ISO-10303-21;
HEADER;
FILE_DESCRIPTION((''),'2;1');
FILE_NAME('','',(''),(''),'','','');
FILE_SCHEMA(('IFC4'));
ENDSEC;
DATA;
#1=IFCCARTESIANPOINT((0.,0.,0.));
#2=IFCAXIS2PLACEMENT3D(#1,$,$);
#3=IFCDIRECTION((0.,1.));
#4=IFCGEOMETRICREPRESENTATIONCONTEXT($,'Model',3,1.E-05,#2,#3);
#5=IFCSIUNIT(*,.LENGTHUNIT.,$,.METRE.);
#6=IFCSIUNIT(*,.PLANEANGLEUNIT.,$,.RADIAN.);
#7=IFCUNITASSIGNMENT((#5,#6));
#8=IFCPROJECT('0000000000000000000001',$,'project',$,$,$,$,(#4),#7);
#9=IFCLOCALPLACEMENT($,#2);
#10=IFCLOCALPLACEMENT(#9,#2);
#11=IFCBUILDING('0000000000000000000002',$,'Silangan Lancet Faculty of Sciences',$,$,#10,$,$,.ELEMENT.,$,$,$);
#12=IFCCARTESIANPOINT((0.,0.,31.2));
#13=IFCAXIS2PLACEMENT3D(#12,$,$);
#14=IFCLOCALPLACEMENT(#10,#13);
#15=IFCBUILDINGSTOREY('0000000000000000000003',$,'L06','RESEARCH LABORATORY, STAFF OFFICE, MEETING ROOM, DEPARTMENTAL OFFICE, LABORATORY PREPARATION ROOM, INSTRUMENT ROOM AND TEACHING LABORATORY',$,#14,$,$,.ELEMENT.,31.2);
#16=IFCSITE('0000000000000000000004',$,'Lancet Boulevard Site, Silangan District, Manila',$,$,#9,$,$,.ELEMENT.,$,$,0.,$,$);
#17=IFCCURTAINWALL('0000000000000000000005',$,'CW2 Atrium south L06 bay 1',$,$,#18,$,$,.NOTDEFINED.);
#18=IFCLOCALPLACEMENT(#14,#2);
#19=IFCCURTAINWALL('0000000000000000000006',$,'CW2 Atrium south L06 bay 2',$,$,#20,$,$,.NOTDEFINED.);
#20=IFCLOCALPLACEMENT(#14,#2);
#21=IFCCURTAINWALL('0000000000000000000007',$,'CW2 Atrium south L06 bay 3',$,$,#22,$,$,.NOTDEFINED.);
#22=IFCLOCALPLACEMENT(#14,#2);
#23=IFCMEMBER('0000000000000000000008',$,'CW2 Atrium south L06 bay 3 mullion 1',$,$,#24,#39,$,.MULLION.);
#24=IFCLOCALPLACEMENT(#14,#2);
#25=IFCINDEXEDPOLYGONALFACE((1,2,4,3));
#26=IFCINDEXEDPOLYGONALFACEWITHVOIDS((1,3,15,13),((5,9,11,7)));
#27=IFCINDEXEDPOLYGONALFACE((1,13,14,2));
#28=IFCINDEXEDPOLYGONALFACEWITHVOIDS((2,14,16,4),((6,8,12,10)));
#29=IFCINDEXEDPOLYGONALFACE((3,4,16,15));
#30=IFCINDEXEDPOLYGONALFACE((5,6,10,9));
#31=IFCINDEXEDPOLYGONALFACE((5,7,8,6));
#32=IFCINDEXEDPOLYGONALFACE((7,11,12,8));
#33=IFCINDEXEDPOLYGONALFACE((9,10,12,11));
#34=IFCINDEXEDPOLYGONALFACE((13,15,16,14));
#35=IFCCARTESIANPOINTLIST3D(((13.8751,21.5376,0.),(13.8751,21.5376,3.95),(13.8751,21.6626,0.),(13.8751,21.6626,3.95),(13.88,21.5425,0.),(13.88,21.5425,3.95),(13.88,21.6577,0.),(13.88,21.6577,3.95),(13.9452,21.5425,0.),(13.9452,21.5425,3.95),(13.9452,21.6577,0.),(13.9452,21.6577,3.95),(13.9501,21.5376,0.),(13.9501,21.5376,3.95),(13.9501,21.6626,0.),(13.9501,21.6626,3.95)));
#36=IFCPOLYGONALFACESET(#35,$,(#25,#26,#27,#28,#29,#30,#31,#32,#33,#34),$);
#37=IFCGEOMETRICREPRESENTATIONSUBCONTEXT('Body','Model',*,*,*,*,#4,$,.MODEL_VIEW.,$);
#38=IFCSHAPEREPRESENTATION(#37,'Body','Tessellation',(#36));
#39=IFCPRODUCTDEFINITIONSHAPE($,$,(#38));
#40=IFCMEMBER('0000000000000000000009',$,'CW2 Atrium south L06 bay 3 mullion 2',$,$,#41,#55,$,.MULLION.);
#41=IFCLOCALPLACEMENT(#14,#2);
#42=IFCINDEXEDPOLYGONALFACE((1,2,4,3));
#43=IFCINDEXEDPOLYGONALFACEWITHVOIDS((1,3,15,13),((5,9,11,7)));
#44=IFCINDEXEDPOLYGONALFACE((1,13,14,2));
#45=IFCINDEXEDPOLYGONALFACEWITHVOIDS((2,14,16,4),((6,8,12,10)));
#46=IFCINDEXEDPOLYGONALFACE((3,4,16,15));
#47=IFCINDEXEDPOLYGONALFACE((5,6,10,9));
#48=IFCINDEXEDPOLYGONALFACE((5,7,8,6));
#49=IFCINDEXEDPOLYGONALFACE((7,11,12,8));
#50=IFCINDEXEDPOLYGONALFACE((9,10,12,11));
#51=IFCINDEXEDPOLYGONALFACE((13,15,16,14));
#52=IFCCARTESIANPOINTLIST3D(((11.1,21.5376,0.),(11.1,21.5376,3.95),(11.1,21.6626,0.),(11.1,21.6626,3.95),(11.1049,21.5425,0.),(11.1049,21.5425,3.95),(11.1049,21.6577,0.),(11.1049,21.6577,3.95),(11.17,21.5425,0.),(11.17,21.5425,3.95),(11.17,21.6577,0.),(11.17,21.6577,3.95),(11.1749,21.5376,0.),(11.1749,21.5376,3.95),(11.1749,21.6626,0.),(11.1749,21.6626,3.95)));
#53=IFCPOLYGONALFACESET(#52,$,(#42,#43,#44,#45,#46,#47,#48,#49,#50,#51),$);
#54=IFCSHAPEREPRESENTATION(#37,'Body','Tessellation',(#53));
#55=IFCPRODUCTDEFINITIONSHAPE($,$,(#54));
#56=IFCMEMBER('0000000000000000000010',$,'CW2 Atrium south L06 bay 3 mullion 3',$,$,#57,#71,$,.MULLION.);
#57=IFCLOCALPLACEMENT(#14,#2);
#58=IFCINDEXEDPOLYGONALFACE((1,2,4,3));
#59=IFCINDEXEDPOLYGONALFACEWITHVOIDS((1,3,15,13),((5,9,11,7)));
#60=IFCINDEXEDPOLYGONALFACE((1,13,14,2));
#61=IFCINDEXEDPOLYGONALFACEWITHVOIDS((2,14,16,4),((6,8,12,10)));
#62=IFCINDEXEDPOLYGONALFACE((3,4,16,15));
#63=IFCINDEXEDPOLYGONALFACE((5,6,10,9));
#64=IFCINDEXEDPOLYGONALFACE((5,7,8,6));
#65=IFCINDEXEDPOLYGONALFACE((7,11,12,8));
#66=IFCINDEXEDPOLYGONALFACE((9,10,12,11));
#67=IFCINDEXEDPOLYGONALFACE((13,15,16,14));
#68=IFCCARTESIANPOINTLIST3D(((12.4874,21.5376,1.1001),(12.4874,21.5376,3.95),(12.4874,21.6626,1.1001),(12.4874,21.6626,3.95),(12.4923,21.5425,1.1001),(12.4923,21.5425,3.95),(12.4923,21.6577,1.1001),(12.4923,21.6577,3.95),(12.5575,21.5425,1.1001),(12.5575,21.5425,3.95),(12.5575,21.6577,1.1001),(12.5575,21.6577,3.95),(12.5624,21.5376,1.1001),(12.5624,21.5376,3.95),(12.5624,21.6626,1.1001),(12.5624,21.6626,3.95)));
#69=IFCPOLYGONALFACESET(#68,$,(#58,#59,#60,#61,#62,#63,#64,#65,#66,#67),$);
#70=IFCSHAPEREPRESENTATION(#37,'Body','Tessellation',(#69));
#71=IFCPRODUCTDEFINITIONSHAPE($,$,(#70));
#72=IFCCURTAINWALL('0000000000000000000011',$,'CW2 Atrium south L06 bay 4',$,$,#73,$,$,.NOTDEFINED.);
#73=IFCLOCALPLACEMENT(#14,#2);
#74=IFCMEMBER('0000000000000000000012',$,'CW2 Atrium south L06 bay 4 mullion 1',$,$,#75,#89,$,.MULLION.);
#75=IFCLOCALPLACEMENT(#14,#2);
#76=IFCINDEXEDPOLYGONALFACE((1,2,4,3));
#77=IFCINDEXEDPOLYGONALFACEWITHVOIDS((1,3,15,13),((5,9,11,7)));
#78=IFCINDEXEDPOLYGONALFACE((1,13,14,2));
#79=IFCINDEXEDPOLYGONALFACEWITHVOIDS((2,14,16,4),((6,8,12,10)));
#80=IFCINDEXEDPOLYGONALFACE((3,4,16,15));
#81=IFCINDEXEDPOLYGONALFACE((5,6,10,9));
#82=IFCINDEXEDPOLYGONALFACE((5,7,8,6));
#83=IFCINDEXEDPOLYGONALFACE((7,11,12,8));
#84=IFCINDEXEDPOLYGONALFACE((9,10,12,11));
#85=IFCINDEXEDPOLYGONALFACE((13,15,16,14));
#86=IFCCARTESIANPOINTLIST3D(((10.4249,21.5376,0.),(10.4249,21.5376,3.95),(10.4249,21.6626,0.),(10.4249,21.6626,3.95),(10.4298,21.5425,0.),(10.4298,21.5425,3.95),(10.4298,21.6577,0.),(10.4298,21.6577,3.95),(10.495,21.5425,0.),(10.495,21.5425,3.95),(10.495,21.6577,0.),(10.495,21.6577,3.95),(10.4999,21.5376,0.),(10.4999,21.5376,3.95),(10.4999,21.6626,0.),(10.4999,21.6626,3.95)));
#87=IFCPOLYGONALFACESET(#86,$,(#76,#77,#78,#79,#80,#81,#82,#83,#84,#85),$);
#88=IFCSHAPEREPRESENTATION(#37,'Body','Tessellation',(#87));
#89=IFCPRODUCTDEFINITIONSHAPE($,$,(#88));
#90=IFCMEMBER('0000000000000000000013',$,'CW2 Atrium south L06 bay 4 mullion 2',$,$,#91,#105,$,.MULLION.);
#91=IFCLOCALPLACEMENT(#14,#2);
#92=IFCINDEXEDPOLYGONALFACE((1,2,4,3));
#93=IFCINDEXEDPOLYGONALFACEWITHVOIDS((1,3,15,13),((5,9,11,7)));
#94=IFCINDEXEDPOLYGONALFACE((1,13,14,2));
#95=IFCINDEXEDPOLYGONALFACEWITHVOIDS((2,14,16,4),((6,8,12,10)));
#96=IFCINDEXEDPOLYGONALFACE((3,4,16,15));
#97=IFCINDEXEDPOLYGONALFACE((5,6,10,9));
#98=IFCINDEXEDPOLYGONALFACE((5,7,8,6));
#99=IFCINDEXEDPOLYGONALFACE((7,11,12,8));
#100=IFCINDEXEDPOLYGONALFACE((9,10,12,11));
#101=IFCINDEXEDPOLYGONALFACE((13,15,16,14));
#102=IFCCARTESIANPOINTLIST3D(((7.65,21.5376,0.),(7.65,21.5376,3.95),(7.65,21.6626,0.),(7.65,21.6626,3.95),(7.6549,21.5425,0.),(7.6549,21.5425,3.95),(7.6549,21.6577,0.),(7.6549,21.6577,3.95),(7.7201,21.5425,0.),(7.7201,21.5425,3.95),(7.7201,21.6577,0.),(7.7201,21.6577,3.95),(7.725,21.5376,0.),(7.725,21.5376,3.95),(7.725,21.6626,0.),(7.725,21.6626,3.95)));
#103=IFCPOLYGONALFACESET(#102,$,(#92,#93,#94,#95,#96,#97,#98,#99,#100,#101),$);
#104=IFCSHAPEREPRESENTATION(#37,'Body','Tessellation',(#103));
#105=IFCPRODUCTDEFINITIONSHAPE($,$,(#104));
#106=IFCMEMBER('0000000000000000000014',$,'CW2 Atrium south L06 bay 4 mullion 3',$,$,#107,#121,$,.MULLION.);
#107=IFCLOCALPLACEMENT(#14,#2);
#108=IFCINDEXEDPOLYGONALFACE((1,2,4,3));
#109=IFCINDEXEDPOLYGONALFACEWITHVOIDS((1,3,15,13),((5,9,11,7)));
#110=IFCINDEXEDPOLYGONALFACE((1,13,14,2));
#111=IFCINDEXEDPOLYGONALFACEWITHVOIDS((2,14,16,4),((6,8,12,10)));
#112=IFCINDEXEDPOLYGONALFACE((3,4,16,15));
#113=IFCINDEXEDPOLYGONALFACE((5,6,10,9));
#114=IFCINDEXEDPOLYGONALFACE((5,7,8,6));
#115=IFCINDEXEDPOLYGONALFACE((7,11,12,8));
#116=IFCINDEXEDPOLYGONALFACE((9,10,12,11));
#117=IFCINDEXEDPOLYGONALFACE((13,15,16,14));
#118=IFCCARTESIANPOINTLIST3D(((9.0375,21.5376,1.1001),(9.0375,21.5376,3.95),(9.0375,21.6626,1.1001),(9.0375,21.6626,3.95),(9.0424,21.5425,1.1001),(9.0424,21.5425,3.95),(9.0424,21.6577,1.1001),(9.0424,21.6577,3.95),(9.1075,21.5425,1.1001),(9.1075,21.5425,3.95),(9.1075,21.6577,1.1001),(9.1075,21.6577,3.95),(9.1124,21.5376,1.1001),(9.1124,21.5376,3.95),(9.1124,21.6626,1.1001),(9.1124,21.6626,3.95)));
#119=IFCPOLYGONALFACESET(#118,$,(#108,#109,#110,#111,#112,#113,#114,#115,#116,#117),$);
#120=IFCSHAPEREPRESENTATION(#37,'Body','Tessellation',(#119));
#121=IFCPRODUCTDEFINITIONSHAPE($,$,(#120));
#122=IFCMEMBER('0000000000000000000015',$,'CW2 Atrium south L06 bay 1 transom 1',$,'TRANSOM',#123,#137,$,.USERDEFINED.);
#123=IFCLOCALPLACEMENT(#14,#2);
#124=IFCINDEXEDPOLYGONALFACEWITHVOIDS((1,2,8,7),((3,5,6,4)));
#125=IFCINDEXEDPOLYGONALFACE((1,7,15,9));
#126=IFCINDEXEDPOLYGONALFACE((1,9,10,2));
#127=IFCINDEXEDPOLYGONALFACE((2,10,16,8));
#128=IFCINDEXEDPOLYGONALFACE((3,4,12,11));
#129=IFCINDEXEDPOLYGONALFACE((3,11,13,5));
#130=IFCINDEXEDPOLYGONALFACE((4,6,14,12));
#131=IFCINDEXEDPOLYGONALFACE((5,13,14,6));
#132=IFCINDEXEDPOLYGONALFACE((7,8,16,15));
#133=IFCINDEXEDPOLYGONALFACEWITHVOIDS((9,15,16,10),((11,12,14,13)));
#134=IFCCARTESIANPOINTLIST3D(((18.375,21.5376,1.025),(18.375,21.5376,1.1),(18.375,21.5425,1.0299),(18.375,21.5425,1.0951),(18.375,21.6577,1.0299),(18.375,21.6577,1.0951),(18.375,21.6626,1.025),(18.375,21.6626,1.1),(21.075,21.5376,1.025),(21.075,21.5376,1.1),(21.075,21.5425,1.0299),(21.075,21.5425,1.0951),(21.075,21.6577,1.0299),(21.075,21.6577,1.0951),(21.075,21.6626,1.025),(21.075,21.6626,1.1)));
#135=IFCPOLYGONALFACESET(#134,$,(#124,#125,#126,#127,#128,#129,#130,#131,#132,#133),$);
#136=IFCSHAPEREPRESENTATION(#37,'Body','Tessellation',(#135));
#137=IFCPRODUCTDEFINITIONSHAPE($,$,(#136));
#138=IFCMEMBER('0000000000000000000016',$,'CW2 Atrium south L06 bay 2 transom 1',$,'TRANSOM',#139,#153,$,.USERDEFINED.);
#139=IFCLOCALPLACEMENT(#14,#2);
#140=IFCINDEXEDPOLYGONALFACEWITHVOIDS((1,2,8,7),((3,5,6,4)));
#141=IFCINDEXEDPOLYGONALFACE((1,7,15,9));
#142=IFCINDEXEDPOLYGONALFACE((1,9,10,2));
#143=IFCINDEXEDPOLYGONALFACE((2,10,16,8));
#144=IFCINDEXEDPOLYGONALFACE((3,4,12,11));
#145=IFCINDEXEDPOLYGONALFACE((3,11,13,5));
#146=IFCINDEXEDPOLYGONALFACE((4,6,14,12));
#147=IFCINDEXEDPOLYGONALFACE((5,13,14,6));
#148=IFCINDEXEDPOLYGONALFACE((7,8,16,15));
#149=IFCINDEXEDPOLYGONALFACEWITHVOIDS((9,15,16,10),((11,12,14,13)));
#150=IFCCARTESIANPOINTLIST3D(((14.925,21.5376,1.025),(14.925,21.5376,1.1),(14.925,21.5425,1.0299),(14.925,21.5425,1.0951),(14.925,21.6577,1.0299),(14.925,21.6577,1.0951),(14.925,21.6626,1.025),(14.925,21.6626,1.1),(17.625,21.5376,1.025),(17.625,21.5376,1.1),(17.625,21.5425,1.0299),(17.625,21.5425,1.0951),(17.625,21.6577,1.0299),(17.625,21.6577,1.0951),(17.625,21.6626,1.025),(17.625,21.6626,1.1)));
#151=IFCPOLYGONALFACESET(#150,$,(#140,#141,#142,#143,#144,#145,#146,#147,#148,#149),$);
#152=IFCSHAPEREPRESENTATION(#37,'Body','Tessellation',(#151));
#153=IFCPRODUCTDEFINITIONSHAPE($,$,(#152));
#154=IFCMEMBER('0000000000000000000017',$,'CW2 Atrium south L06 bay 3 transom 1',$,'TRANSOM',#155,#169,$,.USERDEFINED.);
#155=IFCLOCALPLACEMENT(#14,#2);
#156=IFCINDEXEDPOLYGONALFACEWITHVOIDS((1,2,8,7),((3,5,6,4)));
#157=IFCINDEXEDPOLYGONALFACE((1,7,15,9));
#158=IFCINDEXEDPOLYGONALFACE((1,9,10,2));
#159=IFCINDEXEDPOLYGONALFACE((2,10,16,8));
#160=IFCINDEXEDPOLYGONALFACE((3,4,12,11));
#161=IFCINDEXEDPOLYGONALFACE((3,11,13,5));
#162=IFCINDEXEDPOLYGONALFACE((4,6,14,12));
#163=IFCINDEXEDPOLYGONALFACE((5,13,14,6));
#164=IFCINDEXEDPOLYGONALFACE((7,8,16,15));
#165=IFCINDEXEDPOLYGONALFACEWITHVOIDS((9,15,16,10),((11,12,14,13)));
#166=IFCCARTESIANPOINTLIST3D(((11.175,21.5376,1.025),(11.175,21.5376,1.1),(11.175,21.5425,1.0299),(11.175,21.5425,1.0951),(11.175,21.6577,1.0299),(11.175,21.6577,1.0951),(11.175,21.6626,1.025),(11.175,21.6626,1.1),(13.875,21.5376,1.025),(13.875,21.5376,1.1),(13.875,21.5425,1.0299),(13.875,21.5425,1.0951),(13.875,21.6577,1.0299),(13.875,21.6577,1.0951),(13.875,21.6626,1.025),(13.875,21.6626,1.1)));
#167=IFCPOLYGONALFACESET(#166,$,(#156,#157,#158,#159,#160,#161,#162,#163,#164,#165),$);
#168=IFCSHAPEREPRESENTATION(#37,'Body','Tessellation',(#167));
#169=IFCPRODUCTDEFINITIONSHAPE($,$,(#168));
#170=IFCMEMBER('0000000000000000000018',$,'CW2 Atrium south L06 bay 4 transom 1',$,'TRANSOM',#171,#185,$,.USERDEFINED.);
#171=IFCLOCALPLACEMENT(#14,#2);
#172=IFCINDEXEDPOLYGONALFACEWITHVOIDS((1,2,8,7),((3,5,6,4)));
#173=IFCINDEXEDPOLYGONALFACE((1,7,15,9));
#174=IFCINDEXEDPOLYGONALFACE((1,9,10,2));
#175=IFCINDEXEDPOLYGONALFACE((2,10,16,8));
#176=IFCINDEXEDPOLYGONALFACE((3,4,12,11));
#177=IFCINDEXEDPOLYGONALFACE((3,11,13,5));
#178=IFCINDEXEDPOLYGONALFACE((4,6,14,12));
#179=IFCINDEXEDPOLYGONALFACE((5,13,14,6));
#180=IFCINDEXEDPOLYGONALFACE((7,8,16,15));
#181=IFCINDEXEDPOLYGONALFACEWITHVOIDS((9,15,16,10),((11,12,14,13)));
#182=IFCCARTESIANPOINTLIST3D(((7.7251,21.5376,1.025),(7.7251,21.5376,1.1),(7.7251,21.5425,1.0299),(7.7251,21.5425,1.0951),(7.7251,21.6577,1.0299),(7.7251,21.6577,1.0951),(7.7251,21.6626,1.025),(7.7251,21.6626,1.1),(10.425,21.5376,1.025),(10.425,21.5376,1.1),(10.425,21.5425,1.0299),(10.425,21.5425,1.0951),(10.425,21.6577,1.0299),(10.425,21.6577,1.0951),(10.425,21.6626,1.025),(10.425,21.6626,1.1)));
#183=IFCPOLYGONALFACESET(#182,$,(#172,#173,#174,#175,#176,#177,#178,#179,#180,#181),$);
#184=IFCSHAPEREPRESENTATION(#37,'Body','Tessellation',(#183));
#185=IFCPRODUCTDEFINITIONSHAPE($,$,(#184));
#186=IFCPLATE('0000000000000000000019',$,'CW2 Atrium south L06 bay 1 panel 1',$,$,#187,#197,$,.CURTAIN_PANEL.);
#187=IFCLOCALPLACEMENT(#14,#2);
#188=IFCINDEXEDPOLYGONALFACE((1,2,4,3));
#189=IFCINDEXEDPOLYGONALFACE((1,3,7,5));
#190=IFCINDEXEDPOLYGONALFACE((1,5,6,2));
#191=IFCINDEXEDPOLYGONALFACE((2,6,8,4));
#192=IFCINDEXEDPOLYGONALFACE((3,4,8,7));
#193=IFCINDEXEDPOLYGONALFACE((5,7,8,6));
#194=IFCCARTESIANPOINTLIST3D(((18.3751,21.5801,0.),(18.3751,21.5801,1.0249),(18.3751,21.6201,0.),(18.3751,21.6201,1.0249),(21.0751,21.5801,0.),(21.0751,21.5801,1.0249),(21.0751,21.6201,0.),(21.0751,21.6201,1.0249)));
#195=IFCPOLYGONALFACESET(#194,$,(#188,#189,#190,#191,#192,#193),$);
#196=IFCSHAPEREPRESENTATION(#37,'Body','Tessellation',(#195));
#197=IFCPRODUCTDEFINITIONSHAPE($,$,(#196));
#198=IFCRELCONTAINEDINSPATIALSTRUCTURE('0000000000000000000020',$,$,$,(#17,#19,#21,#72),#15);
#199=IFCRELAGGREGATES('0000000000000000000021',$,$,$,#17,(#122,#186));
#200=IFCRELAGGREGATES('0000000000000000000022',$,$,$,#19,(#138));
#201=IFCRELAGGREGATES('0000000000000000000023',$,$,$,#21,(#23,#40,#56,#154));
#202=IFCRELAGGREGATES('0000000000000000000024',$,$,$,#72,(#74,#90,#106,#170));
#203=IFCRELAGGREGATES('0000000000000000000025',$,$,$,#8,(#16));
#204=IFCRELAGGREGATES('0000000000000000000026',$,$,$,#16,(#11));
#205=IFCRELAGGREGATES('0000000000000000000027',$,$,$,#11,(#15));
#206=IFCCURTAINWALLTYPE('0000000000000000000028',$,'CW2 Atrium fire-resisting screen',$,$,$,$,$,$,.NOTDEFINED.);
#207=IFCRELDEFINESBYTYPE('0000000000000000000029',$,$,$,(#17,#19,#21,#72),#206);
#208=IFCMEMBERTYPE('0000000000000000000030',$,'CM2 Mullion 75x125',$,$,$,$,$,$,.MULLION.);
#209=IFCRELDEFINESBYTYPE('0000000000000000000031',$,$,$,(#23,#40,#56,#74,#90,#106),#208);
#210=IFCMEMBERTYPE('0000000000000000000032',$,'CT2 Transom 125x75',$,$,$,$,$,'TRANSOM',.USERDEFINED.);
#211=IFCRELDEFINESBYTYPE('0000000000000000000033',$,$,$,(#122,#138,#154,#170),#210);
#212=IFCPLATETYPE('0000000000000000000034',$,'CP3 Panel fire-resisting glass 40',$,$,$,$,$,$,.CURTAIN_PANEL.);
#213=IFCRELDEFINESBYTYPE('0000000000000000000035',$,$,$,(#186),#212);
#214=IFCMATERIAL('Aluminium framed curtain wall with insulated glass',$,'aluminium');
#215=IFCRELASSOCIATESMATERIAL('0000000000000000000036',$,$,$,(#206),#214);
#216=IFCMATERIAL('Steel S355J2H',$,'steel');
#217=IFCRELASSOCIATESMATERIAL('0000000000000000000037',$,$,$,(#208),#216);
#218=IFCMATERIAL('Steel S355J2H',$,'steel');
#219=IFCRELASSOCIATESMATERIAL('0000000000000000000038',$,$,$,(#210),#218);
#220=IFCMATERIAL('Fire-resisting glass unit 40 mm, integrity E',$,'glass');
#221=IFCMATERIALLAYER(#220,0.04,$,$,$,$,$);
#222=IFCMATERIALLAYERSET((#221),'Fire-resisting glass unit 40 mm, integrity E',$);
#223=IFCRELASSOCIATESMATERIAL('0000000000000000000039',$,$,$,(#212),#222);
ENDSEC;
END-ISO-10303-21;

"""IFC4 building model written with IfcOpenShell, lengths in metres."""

from ifc_helpers import new_model, si_unit, direction, frame, origin, origin_2d, place, context, subcontext, project, spatial, rectangle, hollow_rectangle, extrude, material, layer, layer_set, material_profile, profile_set, type_object, element, aggregate, save


model = new_model("IFC4")

# Units and contexts
model_context = context("Model", 3, precision=1e-05, world=origin(), true_north=direction((0.0, 1.0)))
body_context = subcontext(model_context, "Body", "Model", "MODEL_VIEW")
ifc_project = project(units=[si_unit("LENGTHUNIT", "METRE"), si_unit("PLANEANGLEUNIT", "RADIAN")], contexts=[model_context])

# Site, building, storey
site_placement = place(None, origin())
site = spatial("IfcSite", under=ifc_project, at=site_placement, Name="Lancet Boulevard Site, Silangan District, Manila", CompositionType="ELEMENT", RefElevation=0.0)
building_placement = place(site_placement, origin())
building = spatial("IfcBuilding", under=site, at=building_placement, Name="Silangan Lancet Faculty of Sciences", CompositionType="ELEMENT")
storey_placement = place(building_placement, frame((0.0, 0.0, 31.2)))
storey = spatial("IfcBuildingStorey", under=building, at=storey_placement, Name="L06", Description="RESEARCH LABORATORY, STAFF OFFICE, MEETING ROOM, DEPARTMENTAL OFFICE, LABORATORY PREPARATION ROOM, INSTRUMENT ROOM AND TEACHING LABORATORY", CompositionType="ELEMENT", Elevation=31.2)

# Curtain walls, members
ifc_material_1 = material(Name="Aluminium framed curtain wall with insulated glass", Category="aluminium")
curtain_wall_type = type_object("IfcCurtainWallType", Name="CW2 Atrium fire-resisting screen", PredefinedType="NOTDEFINED", material=ifc_material_1)
curtain_wall_1_placement = place(storey_placement, origin())
curtain_wall_1 = element("IfcCurtainWall", 1, at=curtain_wall_1_placement, inside=storey, type_object=curtain_wall_type, Name="CW2 Atrium south L06 bay 1", PredefinedType="NOTDEFINED")
ifc_material_2 = material(Name="Steel S355J2H", Category="steel")
ifc_material_profile_1 = material_profile(ifc_material_2, hollow_rectangle(XDim=0.075, YDim=0.125, WallThickness=0.0049, at=origin_2d()), Name="ST BOX 75x125x5")
ifc_profile_set_1 = profile_set([ifc_material_profile_1], Name="Steel S355J2H")
member_type_1 = type_object("IfcMemberType", Name="CM2 Mullion 75x125", PredefinedType="MULLION", material=ifc_profile_set_1)
curtain_wall_2_placement = place(storey_placement, origin())
curtain_wall_2 = element("IfcCurtainWall", 2, at=curtain_wall_2_placement, inside=storey, type_object=curtain_wall_type, Name="CW2 Atrium south L06 bay 2", PredefinedType="NOTDEFINED")
curtain_wall_3_placement = place(storey_placement, origin())
curtain_wall_3 = element("IfcCurtainWall", 3, at=curtain_wall_3_placement, inside=storey, type_object=curtain_wall_type, Name="CW2 Atrium south L06 bay 3", PredefinedType="NOTDEFINED")
member_1_placement = place(storey_placement, frame((13.9126, 21.6001, 0.0), z_axis=(0.0, 0.0, 1.0), x_axis=(-1.0, 0.0, 0.0)))
member_1 = element("IfcMember", 4, at=member_1_placement, type_object=member_type_1, Name="CW2 Atrium south L06 bay 3 mullion 1", PredefinedType="MULLION", context=body_context, shape_type="SweptSolid", body=[
    extrude(hollow_rectangle(XDim=0.075, YDim=0.125, WallThickness=0.0049, at=origin_2d()), origin(), (0.0, 0.0, 1.0), 3.95),
])
member_2_placement = place(storey_placement, frame((11.1375, 21.6001, 0.0), z_axis=(0.0, 0.0, 1.0), x_axis=(-1.0, 0.0, 0.0)))
member_2 = element("IfcMember", 5, at=member_2_placement, type_object=member_type_1, Name="CW2 Atrium south L06 bay 3 mullion 2", PredefinedType="MULLION", context=body_context, shape_type="SweptSolid", body=[
    extrude(hollow_rectangle(XDim=0.075, YDim=0.125, WallThickness=0.0049, at=origin_2d()), origin(), (0.0, 0.0, 1.0), 3.95),
])
member_3_placement = place(storey_placement, frame((12.5249, 21.6001, 1.1001), z_axis=(0.0, 0.0, 1.0), x_axis=(-1.0, 0.0, 0.0)))
member_3 = element("IfcMember", 6, at=member_3_placement, type_object=member_type_1, Name="CW2 Atrium south L06 bay 3 mullion 3", PredefinedType="MULLION", context=body_context, shape_type="SweptSolid", body=[
    extrude(hollow_rectangle(XDim=0.075, YDim=0.125, WallThickness=0.0049, at=origin_2d()), origin(), (0.0, 0.0, 1.0), 2.8499),
])
curtain_wall_4_placement = place(storey_placement, origin())
curtain_wall_4 = element("IfcCurtainWall", 7, at=curtain_wall_4_placement, inside=storey, type_object=curtain_wall_type, Name="CW2 Atrium south L06 bay 4", PredefinedType="NOTDEFINED")
member_4_placement = place(storey_placement, frame((10.4624, 21.6001, 0.0), z_axis=(0.0, 0.0, 1.0), x_axis=(-1.0, 0.0, 0.0)))
member_4 = element("IfcMember", 8, at=member_4_placement, type_object=member_type_1, Name="CW2 Atrium south L06 bay 4 mullion 1", PredefinedType="MULLION", context=body_context, shape_type="SweptSolid", body=[
    extrude(hollow_rectangle(XDim=0.075, YDim=0.125, WallThickness=0.0049, at=origin_2d()), origin(), (0.0, 0.0, 1.0), 3.95),
])
member_5_placement = place(storey_placement, frame((7.6875, 21.6001, 0.0), z_axis=(0.0, 0.0, 1.0), x_axis=(-1.0, 0.0, 0.0)))
member_5 = element("IfcMember", 9, at=member_5_placement, type_object=member_type_1, Name="CW2 Atrium south L06 bay 4 mullion 2", PredefinedType="MULLION", context=body_context, shape_type="SweptSolid", body=[
    extrude(hollow_rectangle(XDim=0.075, YDim=0.125, WallThickness=0.0049, at=origin_2d()), origin(), (0.0, 0.0, 1.0), 3.95),
])
member_6_placement = place(storey_placement, frame((9.075, 21.6001, 1.1001), z_axis=(0.0, 0.0, 1.0), x_axis=(-1.0, 0.0, 0.0)))
member_6 = element("IfcMember", 10, at=member_6_placement, type_object=member_type_1, Name="CW2 Atrium south L06 bay 4 mullion 3", PredefinedType="MULLION", context=body_context, shape_type="SweptSolid", body=[
    extrude(hollow_rectangle(XDim=0.075, YDim=0.125, WallThickness=0.0049, at=origin_2d()), origin(), (0.0, 0.0, 1.0), 2.8499),
])

# Members
ifc_material_3 = material(Name="Steel S355J2H", Category="steel")
ifc_material_profile_2 = material_profile(ifc_material_3, hollow_rectangle(XDim=0.125, YDim=0.075, WallThickness=0.0049, at=origin_2d()), Name="ST BOX 125x75x5")
ifc_profile_set_2 = profile_set([ifc_material_profile_2], Name="Steel S355J2H")
member_type_2 = type_object("IfcMemberType", Name="CT2 Transom 125x75", ElementType="TRANSOM", PredefinedType="USERDEFINED", material=ifc_profile_set_2)
member_7_placement = place(storey_placement, frame((21.075, 21.6001, 1.0625), z_axis=(-1.0, 0.0, 0.0), x_axis=(0.0, -1.0, 0.0)))
member_7 = element("IfcMember", 11, at=member_7_placement, type_object=member_type_2, Name="CW2 Atrium south L06 bay 1 transom 1", ObjectType="TRANSOM", PredefinedType="USERDEFINED", context=body_context, shape_type="SweptSolid", body=[
    extrude(hollow_rectangle(XDim=0.125, YDim=0.075, WallThickness=0.0049, at=origin_2d()), origin(), (0.0, 0.0, 1.0), 2.7),
])
member_8_placement = place(storey_placement, frame((17.625, 21.6001, 1.0625), z_axis=(-1.0, 0.0, 0.0), x_axis=(0.0, -1.0, 0.0)))
member_8 = element("IfcMember", 12, at=member_8_placement, type_object=member_type_2, Name="CW2 Atrium south L06 bay 2 transom 1", ObjectType="TRANSOM", PredefinedType="USERDEFINED", context=body_context, shape_type="SweptSolid", body=[
    extrude(hollow_rectangle(XDim=0.125, YDim=0.075, WallThickness=0.0049, at=origin_2d()), origin(), (0.0, 0.0, 1.0), 2.7),
])
member_9_placement = place(storey_placement, frame((13.875, 21.6001, 1.0625), z_axis=(-1.0, 0.0, 0.0), x_axis=(0.0, -1.0, 0.0)))
member_9 = element("IfcMember", 13, at=member_9_placement, type_object=member_type_2, Name="CW2 Atrium south L06 bay 3 transom 1", ObjectType="TRANSOM", PredefinedType="USERDEFINED", context=body_context, shape_type="SweptSolid", body=[
    extrude(hollow_rectangle(XDim=0.125, YDim=0.075, WallThickness=0.0049, at=origin_2d()), origin(), (0.0, 0.0, 1.0), 2.7),
])
member_10_placement = place(storey_placement, frame((10.425, 21.6001, 1.0625), z_axis=(-1.0, 0.0, 0.0), x_axis=(0.0, -1.0, 0.0)))
member_10 = element("IfcMember", 14, at=member_10_placement, type_object=member_type_2, Name="CW2 Atrium south L06 bay 4 transom 1", ObjectType="TRANSOM", PredefinedType="USERDEFINED", context=body_context, shape_type="SweptSolid", body=[
    extrude(hollow_rectangle(XDim=0.125, YDim=0.075, WallThickness=0.0049, at=origin_2d()), origin(), (0.0, 0.0, 1.0), 2.7),
])

# Plate
ifc_material_4 = material(Name="Fire-resisting glass unit 40 mm, integrity E", Category="glass")
ifc_layer_1 = layer(ifc_material_4, 0.04)
ifc_layer_set_1 = layer_set([ifc_layer_1], Name="Fire-resisting glass unit 40 mm, integrity E")
plate_type = type_object("IfcPlateType", Name="CP3 Panel fire-resisting glass 40", PredefinedType="CURTAIN_PANEL", material=ifc_layer_set_1)
plate_1_placement = place(storey_placement, frame((19.7251, 21.6001, 0.0), z_axis=(0.0, 0.0, 1.0), x_axis=(-1.0, 0.0, 0.0)))
plate_1 = element("IfcPlate", 15, at=plate_1_placement, type_object=plate_type, Name="CW2 Atrium south L06 bay 1 panel 1", PredefinedType="CURTAIN_PANEL", context=body_context, shape_type="SweptSolid", body=[
    extrude(rectangle(XDim=2.7, YDim=0.04, at=origin_2d()), origin(), (0.0, 0.0, 1.0), 1.0249),
])
aggregate(curtain_wall_1, [member_7, plate_1])
aggregate(curtain_wall_2, [member_8])
aggregate(curtain_wall_3, [member_1, member_2, member_3, member_9])
aggregate(curtain_wall_4, [member_4, member_5, member_6, member_10])

save(model, "model.ifc")
